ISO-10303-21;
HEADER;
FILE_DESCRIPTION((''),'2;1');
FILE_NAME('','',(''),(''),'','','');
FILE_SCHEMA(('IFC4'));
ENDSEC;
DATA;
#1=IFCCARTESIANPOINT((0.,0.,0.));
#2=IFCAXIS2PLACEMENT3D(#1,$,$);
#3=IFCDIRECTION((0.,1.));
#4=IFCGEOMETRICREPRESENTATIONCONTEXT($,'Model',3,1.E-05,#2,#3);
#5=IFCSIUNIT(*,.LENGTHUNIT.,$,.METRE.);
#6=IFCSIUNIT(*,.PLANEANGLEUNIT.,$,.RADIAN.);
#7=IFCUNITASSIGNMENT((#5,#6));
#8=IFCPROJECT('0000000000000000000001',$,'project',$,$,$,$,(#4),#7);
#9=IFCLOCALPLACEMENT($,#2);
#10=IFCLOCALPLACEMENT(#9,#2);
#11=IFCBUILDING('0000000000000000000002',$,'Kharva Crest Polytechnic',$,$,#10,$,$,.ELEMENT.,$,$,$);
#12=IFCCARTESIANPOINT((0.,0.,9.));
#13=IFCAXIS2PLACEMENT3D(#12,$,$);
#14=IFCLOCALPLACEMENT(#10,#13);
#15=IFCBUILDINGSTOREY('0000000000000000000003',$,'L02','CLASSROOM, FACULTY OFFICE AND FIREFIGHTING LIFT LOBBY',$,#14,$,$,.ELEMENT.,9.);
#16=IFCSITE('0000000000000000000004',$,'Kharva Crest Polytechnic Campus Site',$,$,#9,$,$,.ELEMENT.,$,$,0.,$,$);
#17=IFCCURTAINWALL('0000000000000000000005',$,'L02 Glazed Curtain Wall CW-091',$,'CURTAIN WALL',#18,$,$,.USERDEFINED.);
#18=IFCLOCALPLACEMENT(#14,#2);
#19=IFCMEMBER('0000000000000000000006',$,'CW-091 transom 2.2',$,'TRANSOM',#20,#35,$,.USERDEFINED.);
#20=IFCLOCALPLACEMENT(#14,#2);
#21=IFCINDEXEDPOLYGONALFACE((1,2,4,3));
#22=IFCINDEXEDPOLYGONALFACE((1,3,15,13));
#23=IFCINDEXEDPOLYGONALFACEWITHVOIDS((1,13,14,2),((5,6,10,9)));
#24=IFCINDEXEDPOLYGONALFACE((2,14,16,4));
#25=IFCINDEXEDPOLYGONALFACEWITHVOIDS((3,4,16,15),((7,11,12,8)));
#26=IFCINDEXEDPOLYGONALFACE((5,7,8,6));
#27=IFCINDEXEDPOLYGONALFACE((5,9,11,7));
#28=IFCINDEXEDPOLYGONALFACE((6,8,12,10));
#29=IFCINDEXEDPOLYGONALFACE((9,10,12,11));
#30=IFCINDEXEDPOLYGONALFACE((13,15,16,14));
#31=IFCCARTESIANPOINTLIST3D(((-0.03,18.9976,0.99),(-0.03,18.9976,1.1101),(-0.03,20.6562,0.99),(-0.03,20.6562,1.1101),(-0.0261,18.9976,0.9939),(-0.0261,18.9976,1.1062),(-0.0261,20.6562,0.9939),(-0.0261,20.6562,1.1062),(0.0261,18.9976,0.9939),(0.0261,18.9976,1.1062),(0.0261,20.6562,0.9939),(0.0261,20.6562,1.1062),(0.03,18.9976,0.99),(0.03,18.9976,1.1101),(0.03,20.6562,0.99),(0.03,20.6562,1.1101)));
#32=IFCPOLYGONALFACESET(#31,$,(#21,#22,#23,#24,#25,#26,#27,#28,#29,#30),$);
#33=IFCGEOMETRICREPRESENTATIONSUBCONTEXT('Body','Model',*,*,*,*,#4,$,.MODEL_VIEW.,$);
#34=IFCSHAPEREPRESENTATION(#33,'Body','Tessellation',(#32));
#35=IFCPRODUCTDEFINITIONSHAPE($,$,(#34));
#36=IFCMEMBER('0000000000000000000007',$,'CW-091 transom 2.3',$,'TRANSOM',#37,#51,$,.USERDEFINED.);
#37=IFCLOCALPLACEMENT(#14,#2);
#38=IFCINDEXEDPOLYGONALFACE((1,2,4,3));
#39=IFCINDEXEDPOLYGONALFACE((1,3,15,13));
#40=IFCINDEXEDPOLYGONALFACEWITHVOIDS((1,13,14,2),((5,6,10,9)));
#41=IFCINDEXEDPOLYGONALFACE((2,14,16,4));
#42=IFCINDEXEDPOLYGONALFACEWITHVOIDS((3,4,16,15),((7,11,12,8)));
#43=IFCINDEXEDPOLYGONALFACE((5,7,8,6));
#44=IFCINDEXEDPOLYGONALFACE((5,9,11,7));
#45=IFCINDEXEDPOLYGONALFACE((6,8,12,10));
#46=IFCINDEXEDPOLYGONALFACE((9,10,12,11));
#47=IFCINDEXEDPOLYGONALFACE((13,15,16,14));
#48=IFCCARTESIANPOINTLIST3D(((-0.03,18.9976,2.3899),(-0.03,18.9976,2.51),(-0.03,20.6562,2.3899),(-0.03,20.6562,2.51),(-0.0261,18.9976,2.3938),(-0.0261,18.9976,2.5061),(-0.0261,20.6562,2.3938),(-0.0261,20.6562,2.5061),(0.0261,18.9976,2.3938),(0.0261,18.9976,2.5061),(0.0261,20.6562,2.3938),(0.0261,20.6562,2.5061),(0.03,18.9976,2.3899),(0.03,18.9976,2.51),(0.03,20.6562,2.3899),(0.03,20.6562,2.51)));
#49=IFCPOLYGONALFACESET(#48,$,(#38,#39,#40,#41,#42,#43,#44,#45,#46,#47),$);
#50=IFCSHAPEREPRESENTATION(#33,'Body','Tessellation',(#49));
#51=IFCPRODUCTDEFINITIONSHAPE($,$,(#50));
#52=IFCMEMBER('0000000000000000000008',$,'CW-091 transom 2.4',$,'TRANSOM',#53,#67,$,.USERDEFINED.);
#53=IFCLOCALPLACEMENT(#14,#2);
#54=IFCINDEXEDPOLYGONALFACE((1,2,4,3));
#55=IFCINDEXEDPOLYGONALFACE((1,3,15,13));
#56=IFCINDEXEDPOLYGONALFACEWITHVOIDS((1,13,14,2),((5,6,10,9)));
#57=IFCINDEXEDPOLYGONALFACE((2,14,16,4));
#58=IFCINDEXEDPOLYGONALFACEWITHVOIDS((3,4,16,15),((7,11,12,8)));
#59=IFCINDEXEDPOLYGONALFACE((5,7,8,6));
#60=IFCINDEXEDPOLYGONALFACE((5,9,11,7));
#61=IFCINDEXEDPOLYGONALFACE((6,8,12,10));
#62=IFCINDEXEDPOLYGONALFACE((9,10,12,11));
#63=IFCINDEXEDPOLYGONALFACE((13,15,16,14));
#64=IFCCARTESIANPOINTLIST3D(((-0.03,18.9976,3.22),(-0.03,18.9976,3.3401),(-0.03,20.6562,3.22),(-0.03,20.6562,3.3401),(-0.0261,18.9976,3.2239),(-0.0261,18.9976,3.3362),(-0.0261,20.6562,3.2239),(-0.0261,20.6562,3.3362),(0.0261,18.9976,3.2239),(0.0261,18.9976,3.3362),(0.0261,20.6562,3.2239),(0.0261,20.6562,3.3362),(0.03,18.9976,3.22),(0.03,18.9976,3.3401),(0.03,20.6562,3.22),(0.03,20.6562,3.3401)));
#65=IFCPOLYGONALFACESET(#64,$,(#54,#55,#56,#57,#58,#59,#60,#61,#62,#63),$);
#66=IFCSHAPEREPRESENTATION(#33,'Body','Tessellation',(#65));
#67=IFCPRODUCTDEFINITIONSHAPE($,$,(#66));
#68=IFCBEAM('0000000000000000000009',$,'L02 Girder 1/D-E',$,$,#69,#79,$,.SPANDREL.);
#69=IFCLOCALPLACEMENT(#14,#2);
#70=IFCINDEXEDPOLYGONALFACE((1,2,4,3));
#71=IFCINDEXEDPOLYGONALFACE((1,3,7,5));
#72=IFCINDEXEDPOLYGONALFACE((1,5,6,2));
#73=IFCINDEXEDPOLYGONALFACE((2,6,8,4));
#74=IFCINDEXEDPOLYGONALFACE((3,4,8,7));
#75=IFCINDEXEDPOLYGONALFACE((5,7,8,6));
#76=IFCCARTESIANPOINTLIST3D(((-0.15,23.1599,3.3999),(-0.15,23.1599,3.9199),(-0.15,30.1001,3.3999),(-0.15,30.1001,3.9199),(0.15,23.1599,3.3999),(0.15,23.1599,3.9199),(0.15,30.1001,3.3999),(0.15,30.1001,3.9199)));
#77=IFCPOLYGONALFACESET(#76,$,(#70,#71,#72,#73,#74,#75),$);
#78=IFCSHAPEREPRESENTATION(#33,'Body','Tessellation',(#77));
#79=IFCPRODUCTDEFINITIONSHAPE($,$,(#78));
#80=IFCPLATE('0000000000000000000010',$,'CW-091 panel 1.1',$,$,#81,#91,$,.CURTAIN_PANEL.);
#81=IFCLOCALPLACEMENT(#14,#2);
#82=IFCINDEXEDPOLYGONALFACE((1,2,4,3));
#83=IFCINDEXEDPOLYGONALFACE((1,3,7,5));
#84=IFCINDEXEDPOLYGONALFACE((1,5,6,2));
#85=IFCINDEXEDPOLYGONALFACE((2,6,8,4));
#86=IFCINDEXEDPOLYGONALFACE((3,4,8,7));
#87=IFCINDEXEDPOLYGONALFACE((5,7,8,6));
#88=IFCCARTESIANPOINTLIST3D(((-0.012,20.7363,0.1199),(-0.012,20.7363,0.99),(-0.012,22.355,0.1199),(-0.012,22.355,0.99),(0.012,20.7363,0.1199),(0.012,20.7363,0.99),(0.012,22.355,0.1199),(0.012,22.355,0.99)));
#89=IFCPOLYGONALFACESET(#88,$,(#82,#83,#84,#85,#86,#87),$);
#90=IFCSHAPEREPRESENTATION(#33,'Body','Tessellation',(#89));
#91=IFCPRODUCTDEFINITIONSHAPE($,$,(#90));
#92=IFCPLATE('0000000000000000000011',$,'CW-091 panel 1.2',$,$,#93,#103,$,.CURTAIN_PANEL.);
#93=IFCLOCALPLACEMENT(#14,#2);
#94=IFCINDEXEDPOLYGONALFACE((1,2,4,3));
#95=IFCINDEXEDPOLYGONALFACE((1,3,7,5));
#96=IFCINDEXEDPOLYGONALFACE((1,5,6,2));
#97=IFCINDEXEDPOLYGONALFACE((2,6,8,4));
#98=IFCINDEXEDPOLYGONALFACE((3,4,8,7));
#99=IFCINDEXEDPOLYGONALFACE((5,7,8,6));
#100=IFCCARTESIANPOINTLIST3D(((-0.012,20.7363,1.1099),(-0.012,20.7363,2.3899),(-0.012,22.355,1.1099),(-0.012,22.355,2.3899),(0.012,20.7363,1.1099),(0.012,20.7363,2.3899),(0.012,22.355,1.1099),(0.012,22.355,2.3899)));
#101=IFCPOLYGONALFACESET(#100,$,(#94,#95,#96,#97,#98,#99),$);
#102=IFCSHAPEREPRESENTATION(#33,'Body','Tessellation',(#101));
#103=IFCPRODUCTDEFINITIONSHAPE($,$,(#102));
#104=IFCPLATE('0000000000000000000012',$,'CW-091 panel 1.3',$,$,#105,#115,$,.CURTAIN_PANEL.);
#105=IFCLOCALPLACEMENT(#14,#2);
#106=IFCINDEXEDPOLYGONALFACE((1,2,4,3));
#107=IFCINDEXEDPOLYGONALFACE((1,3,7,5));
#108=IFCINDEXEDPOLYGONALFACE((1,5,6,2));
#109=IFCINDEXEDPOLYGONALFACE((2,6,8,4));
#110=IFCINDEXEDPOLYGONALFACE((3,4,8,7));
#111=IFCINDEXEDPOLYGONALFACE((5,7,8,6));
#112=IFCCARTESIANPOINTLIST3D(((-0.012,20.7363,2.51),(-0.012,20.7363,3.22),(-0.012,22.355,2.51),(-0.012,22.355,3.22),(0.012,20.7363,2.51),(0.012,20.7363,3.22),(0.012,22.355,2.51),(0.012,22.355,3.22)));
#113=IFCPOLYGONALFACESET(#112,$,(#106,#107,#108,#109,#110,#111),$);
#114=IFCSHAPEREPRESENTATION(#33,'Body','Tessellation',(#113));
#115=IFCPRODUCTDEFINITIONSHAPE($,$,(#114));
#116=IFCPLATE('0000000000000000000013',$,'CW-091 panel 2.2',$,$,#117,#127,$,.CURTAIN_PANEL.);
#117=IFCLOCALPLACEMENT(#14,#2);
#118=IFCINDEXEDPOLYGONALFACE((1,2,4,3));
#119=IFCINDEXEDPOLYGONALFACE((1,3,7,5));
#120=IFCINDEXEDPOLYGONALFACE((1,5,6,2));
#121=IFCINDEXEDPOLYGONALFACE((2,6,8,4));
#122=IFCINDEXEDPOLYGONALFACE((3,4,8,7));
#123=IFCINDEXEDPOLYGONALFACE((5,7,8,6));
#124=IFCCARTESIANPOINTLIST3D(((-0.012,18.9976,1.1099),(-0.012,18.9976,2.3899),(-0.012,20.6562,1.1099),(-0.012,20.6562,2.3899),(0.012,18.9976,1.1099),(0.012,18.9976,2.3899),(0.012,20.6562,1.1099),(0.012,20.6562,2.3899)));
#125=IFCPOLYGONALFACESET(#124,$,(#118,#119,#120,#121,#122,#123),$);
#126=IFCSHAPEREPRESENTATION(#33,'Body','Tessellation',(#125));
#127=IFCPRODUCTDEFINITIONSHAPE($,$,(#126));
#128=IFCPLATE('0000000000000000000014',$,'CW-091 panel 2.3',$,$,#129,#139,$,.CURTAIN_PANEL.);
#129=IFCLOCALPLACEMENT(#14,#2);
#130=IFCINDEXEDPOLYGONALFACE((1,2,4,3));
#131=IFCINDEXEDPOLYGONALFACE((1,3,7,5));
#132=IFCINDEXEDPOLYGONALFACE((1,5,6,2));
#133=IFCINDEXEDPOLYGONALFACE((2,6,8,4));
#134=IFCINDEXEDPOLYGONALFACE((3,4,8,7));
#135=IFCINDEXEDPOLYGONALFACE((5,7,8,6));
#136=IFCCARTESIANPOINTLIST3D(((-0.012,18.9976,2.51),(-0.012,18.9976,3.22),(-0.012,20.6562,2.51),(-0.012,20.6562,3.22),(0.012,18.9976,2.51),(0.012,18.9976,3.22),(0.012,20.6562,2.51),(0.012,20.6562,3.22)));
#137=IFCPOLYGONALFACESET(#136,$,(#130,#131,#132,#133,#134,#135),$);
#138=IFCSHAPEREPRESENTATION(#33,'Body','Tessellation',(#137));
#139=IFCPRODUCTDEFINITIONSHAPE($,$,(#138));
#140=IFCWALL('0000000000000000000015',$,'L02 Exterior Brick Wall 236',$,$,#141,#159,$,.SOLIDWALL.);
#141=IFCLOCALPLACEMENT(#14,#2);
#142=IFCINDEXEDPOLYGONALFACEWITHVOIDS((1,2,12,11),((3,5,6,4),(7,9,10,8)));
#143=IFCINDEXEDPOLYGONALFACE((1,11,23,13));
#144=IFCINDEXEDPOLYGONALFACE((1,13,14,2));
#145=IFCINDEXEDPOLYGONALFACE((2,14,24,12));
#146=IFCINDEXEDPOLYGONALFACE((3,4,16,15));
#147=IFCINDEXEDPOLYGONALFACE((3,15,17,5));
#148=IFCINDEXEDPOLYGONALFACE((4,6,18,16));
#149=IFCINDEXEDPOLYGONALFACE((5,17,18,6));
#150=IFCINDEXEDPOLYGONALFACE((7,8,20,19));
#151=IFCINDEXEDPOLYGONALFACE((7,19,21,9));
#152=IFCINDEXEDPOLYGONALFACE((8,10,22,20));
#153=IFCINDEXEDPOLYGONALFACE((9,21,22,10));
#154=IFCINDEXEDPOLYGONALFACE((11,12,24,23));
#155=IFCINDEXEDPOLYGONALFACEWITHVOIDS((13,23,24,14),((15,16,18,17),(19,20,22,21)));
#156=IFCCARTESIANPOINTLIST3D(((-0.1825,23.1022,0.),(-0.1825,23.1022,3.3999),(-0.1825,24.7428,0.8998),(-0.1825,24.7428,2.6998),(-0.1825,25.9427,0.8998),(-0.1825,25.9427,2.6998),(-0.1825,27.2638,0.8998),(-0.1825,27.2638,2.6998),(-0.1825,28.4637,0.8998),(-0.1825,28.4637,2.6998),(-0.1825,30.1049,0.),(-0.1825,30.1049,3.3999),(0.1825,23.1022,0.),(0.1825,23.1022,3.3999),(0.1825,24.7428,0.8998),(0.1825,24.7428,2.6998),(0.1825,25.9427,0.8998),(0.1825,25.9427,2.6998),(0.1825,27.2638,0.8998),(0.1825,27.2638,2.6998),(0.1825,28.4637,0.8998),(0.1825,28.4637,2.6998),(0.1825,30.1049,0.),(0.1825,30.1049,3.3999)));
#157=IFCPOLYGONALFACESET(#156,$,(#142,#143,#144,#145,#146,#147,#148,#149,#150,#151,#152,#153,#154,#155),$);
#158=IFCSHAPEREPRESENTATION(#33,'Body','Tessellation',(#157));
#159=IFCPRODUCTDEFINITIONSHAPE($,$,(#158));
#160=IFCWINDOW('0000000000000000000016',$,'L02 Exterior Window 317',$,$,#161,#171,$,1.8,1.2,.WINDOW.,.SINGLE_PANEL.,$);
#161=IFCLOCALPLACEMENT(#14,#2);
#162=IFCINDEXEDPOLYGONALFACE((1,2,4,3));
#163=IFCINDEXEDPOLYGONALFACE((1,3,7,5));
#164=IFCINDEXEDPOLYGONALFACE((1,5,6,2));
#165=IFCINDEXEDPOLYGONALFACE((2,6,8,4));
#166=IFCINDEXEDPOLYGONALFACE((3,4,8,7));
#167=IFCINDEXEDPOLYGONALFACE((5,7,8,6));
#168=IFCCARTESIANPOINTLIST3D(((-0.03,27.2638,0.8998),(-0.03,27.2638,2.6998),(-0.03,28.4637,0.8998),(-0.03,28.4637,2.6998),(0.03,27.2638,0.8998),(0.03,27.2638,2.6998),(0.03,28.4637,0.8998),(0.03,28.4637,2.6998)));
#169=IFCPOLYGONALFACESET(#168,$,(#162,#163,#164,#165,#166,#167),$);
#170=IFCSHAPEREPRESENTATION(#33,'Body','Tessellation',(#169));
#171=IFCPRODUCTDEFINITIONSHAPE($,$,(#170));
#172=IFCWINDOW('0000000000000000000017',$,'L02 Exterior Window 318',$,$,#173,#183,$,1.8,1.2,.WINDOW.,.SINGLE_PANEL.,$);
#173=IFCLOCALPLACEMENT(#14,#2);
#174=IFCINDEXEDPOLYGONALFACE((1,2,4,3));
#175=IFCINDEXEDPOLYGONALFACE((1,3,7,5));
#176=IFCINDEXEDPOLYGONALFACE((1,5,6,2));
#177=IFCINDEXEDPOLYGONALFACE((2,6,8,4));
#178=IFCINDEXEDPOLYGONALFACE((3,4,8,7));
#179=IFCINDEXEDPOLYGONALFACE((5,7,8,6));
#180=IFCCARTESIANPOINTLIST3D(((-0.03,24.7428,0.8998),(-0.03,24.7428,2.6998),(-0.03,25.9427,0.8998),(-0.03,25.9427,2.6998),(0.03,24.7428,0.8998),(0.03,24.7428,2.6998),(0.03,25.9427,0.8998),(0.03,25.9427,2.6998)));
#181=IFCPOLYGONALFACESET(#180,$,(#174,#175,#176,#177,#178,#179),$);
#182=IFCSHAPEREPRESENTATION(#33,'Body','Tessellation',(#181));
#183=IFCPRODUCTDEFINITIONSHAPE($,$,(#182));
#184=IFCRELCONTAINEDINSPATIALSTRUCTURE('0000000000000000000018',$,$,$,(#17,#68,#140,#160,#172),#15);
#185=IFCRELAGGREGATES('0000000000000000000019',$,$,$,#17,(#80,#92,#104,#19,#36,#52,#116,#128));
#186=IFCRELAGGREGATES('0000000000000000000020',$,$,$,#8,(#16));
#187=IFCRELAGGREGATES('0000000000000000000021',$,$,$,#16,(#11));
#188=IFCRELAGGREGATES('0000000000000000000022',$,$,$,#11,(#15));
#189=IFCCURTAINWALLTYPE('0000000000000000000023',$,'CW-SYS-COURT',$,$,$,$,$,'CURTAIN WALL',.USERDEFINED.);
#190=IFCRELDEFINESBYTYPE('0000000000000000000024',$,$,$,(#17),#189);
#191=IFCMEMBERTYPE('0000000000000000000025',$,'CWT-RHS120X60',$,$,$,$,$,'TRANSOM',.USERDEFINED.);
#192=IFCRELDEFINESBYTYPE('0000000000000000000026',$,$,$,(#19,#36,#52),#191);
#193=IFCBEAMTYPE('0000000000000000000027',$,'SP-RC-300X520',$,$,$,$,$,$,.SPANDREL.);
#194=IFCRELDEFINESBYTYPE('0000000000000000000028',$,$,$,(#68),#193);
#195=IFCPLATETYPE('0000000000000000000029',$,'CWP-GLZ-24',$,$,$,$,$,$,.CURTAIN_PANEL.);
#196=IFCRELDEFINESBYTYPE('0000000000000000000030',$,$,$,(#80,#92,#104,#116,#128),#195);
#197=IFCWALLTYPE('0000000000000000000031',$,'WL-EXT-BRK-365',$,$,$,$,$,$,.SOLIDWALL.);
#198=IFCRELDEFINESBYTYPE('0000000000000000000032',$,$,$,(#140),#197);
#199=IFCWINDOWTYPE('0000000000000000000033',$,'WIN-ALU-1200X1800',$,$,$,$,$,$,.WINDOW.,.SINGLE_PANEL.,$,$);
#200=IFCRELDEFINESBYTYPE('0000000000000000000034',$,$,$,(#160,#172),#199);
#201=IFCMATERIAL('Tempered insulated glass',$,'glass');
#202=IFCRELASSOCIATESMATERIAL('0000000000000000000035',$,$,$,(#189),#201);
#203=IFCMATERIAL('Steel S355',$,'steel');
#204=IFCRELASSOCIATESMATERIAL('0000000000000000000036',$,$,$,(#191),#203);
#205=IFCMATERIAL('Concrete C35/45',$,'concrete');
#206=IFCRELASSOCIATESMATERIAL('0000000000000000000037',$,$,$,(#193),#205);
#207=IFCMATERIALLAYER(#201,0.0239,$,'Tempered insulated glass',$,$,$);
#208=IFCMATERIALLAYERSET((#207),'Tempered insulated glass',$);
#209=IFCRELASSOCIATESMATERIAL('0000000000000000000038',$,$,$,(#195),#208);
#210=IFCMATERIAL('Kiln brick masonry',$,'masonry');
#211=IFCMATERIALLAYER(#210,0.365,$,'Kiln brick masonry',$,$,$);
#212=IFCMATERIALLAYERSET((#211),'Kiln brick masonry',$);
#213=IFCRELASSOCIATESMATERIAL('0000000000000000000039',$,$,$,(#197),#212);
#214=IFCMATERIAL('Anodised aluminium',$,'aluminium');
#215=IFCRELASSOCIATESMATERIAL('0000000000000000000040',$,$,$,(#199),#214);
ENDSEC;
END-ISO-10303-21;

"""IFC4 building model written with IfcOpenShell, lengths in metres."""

from ifc_helpers import new_model, si_unit, direction, frame, frame_2d, origin, origin_2d, place, context, subcontext, project, spatial, rectangle, hollow_rectangle, extrude, material, layer, layer_set, material_profile, profile_set, type_object, element, fill, aggregate, save


model = new_model("IFC4")

# Units and contexts
model_context = context("Model", 3, precision=1e-05, world=origin(), true_north=direction((0.0, 1.0)))
body_context = subcontext(model_context, "Body", "Model", "MODEL_VIEW")
ifc_project = project(units=[si_unit("LENGTHUNIT", "METRE"), si_unit("PLANEANGLEUNIT", "RADIAN")], contexts=[model_context])

# Site, building, storey
site_placement = place(None, origin())
site = spatial("IfcSite", under=ifc_project, at=site_placement, Name="Kharva Crest Polytechnic Campus Site", CompositionType="ELEMENT", RefElevation=0.0)
building_placement = place(site_placement, origin())
building = spatial("IfcBuilding", under=site, at=building_placement, Name="Kharva Crest Polytechnic", CompositionType="ELEMENT")
storey_placement = place(building_placement, frame((0.0, 0.0, 9.0)))
storey = spatial("IfcBuildingStorey", under=building, at=storey_placement, Name="L02", Description="CLASSROOM, FACULTY OFFICE AND FIREFIGHTING LIFT LOBBY", CompositionType="ELEMENT", Elevation=9.0)

# Curtain wall, members
ifc_material_1 = material(Name="Tempered insulated glass", Category="glass")
curtain_wall_type = type_object("IfcCurtainWallType", Name="CW-SYS-COURT", ElementType="CURTAIN WALL", PredefinedType="USERDEFINED", material=ifc_material_1)
curtain_wall_placement = place(storey_placement, origin())
curtain_wall = element("IfcCurtainWall", 1, at=curtain_wall_placement, inside=storey, type_object=curtain_wall_type, Name="L02 Glazed Curtain Wall CW-091", ObjectType="CURTAIN WALL", PredefinedType="USERDEFINED")
ifc_material_2 = material(Name="Steel S355", Category="steel")
ifc_material_profile_1 = material_profile(ifc_material_2, hollow_rectangle(XDim=0.0601, YDim=0.1201, WallThickness=0.0039, at=origin_2d()), Name="RHS 120X60X4.0")
ifc_profile_set_1 = profile_set([ifc_material_profile_1], Name="Steel S355")
member_type_1 = type_object("IfcMemberType", Name="CWT-RHS120X60", ElementType="TRANSOM", PredefinedType="USERDEFINED", material=ifc_profile_set_1)
member_1_placement = place(storey_placement, frame((0.0, 20.6562, 1.05), z_axis=(0.0, -1.0, 0.0), x_axis=(1.0, 0.0, 0.0)))
member_1 = element("IfcMember", 2, at=member_1_placement, type_object=member_type_1, Name="CW-091 transom 2.2", ObjectType="TRANSOM", PredefinedType="USERDEFINED", context=body_context, shape_type="SweptSolid", body=[
    extrude(hollow_rectangle(XDim=0.0601, YDim=0.1201, WallThickness=0.0039, at=origin_2d()), origin(), (0.0, 0.0, 1.0), 1.6587),
])
member_2_placement = place(storey_placement, frame((0.0, 20.6562, 2.45), z_axis=(0.0, -1.0, 0.0), x_axis=(1.0, 0.0, 0.0)))
member_2 = element("IfcMember", 3, at=member_2_placement, type_object=member_type_1, Name="CW-091 transom 2.3", ObjectType="TRANSOM", PredefinedType="USERDEFINED", context=body_context, shape_type="SweptSolid", body=[
    extrude(hollow_rectangle(XDim=0.0601, YDim=0.1201, WallThickness=0.0039, at=origin_2d()), origin(), (0.0, 0.0, 1.0), 1.6587),
])
member_3_placement = place(storey_placement, frame((0.0, 20.6562, 3.28), z_axis=(0.0, -1.0, 0.0), x_axis=(1.0, 0.0, 0.0)))
member_3 = element("IfcMember", 4, at=member_3_placement, type_object=member_type_1, Name="CW-091 transom 2.4", ObjectType="TRANSOM", PredefinedType="USERDEFINED", context=body_context, shape_type="SweptSolid", body=[
    extrude(hollow_rectangle(XDim=0.0601, YDim=0.1201, WallThickness=0.0039, at=origin_2d()), origin(), (0.0, 0.0, 1.0), 1.6587),
])

# Beam
ifc_material_3 = material(Name="Concrete C35/45", Category="concrete")
ifc_material_profile_2 = material_profile(ifc_material_3, rectangle(XDim=0.3, YDim=0.52, at=origin_2d()), Name="RECT 300 X 520")
ifc_profile_set_2 = profile_set([ifc_material_profile_2], Name="Concrete C35/45")
beam_type = type_object("IfcBeamType", Name="SP-RC-300X520", PredefinedType="SPANDREL", material=ifc_profile_set_2)
beam_placement = place(storey_placement, frame((0.0, 23.1599, 3.6599), z_axis=(0.0, 1.0, 0.0), x_axis=(-1.0, 0.0, 0.0)))
element("IfcBeam", 5, at=beam_placement, inside=storey, type_object=beam_type, Name="L02 Girder 1/D-E", PredefinedType="SPANDREL", context=body_context, shape_type="SweptSolid", body=[
    extrude(rectangle(XDim=0.3, YDim=0.52, at=origin_2d()), origin(), (0.0, 0.0, 1.0), 6.9402),
])

# Plates
ifc_layer_1 = layer(ifc_material_1, 0.0239, Name="Tempered insulated glass")
ifc_layer_set_1 = layer_set([ifc_layer_1], Name="Tempered insulated glass")
plate_type = type_object("IfcPlateType", Name="CWP-GLZ-24", PredefinedType="CURTAIN_PANEL", material=ifc_layer_set_1)
plate_1_placement = place(storey_placement, frame((0.0, 21.5457, 0.1199), z_axis=(0.0, 0.0, 1.0), x_axis=(0.0, -1.0, 0.0)))
plate_1 = element("IfcPlate", 6, at=plate_1_placement, type_object=plate_type, Name="CW-091 panel 1.1", PredefinedType="CURTAIN_PANEL", context=body_context, shape_type="SweptSolid", body=[
    extrude(rectangle(XDim=1.6187, YDim=0.0239, at=origin_2d()), origin(), (0.0, 0.0, 1.0), 0.8701),
])
plate_2_placement = place(storey_placement, frame((0.0, 21.5457, 1.1099), z_axis=(0.0, 0.0, 1.0), x_axis=(0.0, -1.0, 0.0)))
plate_2 = element("IfcPlate", 7, at=plate_2_placement, type_object=plate_type, Name="CW-091 panel 1.2", PredefinedType="CURTAIN_PANEL", context=body_context, shape_type="SweptSolid", body=[
    extrude(rectangle(XDim=1.6187, YDim=0.0239, at=origin_2d()), origin(), (0.0, 0.0, 1.0), 1.28),
])
plate_3_placement = place(storey_placement, frame((0.0, 21.5457, 2.51), z_axis=(0.0, 0.0, 1.0), x_axis=(0.0, -1.0, 0.0)))
plate_3 = element("IfcPlate", 8, at=plate_3_placement, type_object=plate_type, Name="CW-091 panel 1.3", PredefinedType="CURTAIN_PANEL", context=body_context, shape_type="SweptSolid", body=[
    extrude(rectangle(XDim=1.6187, YDim=0.0239, at=origin_2d()), origin(), (0.0, 0.0, 1.0), 0.71),
])
plate_4_placement = place(storey_placement, frame((0.0, 19.8269, 1.1099), z_axis=(0.0, 0.0, 1.0), x_axis=(0.0, -1.0, 0.0)))
plate_4 = element("IfcPlate", 9, at=plate_4_placement, type_object=plate_type, Name="CW-091 panel 2.2", PredefinedType="CURTAIN_PANEL", context=body_context, shape_type="SweptSolid", body=[
    extrude(rectangle(XDim=1.6587, YDim=0.0239, at=origin_2d()), origin(), (0.0, 0.0, 1.0), 1.28),
])
plate_5_placement = place(storey_placement, frame((0.0, 19.8269, 2.51), z_axis=(0.0, 0.0, 1.0), x_axis=(0.0, -1.0, 0.0)))
plate_5 = element("IfcPlate", 10, at=plate_5_placement, type_object=plate_type, Name="CW-091 panel 2.3", PredefinedType="CURTAIN_PANEL", context=body_context, shape_type="SweptSolid", body=[
    extrude(rectangle(XDim=1.6587, YDim=0.0239, at=origin_2d()), origin(), (0.0, 0.0, 1.0), 0.71),
])
aggregate(curtain_wall, [plate_1, plate_2, plate_3, member_1, member_2, member_3, plate_4, plate_5])

# Wall, openings, windows
ifc_material_4 = material(Name="Kiln brick masonry", Category="masonry")
ifc_layer_2 = layer(ifc_material_4, 0.365, Name="Kiln brick masonry")
ifc_layer_set_2 = layer_set([ifc_layer_2], Name="Kiln brick masonry")
wall_type = type_object("IfcWallType", Name="WL-EXT-BRK-365", PredefinedType="SOLIDWALL", material=ifc_layer_set_2)
wall_placement = place(storey_placement, frame((0.0, 30.105, 0.0), z_axis=(0.0, 0.0, 1.0), x_axis=(0.0, -1.0, 0.0)))
wall = element("IfcWall", 11, at=wall_placement, inside=storey, type_object=wall_type, Name="L02 Exterior Brick Wall 236", PredefinedType="SOLIDWALL", context=body_context, shape_type="SweptSolid", body=[
    extrude(rectangle(XDim=7.0027, YDim=0.365, at=frame_2d((3.5015, 0.0))), origin(), (0.0, 0.0, 1.0), 3.3999),
])
opening_1_placement = place(wall_placement, frame((1.6411, 0.0, 0.8999)))
opening_1 = element("IfcOpeningElement", 12, at=opening_1_placement, cuts=wall, PredefinedType="OPENING", context=body_context, shape_type="SweptSolid", body=[
    extrude(rectangle(XDim=1.2, YDim=1.8, at=frame_2d((0.6001, 0.8999))), frame((0.0, 0.1924, 0.0), z_axis=(0.0, -1.0, 0.0), x_axis=(1.0, 0.0, 0.0)), (0.0, 0.0, 1.0), 0.385),
])
opening_2_placement = place(wall_placement, frame((4.1621, 0.0, 0.8999)))
opening_2 = element("IfcOpeningElement", 13, at=opening_2_placement, cuts=wall, PredefinedType="OPENING", context=body_context, shape_type="SweptSolid", body=[
    extrude(rectangle(XDim=1.2, YDim=1.8, at=frame_2d((0.6001, 0.8999))), frame((0.0, 0.1924, 0.0), z_axis=(0.0, -1.0, 0.0), x_axis=(1.0, 0.0, 0.0)), (0.0, 0.0, 1.0), 0.385),
])
ifc_material_5 = material(Name="Anodised aluminium", Category="aluminium")
window_type = type_object("IfcWindowType", Name="WIN-ALU-1200X1800", PartitioningType="SINGLE_PANEL", PredefinedType="WINDOW", material=ifc_material_5)
window_1_placement = place(opening_1_placement, origin())
window_1 = element("IfcWindow", 14, at=window_1_placement, inside=storey, type_object=window_type, Name="L02 Exterior Window 317", OverallHeight=1.8, OverallWidth=1.2, PartitioningType="SINGLE_PANEL", PredefinedType="WINDOW", context=body_context, shape_type="SweptSolid", body=[
    extrude(rectangle(XDim=1.2, YDim=1.8, at=frame_2d((0.6001, 0.8999))), frame((0.0, 0.03, 0.0), z_axis=(0.0, -1.0, 0.0), x_axis=(1.0, 0.0, 0.0)), (0.0, 0.0, 1.0), 0.0601),
])
fill(opening_1, window_1)
window_2_placement = place(opening_2_placement, origin())
window_2 = element("IfcWindow", 15, at=window_2_placement, inside=storey, type_object=window_type, Name="L02 Exterior Window 318", OverallHeight=1.8, OverallWidth=1.2, PartitioningType="SINGLE_PANEL", PredefinedType="WINDOW", context=body_context, shape_type="SweptSolid", body=[
    extrude(rectangle(XDim=1.2, YDim=1.8, at=frame_2d((0.6001, 0.8999))), frame((0.0, 0.03, 0.0), z_axis=(0.0, -1.0, 0.0), x_axis=(1.0, 0.0, 0.0)), (0.0, 0.0, 1.0), 0.0601),
])
fill(opening_2, window_2)

save(model, "model.ifc")
